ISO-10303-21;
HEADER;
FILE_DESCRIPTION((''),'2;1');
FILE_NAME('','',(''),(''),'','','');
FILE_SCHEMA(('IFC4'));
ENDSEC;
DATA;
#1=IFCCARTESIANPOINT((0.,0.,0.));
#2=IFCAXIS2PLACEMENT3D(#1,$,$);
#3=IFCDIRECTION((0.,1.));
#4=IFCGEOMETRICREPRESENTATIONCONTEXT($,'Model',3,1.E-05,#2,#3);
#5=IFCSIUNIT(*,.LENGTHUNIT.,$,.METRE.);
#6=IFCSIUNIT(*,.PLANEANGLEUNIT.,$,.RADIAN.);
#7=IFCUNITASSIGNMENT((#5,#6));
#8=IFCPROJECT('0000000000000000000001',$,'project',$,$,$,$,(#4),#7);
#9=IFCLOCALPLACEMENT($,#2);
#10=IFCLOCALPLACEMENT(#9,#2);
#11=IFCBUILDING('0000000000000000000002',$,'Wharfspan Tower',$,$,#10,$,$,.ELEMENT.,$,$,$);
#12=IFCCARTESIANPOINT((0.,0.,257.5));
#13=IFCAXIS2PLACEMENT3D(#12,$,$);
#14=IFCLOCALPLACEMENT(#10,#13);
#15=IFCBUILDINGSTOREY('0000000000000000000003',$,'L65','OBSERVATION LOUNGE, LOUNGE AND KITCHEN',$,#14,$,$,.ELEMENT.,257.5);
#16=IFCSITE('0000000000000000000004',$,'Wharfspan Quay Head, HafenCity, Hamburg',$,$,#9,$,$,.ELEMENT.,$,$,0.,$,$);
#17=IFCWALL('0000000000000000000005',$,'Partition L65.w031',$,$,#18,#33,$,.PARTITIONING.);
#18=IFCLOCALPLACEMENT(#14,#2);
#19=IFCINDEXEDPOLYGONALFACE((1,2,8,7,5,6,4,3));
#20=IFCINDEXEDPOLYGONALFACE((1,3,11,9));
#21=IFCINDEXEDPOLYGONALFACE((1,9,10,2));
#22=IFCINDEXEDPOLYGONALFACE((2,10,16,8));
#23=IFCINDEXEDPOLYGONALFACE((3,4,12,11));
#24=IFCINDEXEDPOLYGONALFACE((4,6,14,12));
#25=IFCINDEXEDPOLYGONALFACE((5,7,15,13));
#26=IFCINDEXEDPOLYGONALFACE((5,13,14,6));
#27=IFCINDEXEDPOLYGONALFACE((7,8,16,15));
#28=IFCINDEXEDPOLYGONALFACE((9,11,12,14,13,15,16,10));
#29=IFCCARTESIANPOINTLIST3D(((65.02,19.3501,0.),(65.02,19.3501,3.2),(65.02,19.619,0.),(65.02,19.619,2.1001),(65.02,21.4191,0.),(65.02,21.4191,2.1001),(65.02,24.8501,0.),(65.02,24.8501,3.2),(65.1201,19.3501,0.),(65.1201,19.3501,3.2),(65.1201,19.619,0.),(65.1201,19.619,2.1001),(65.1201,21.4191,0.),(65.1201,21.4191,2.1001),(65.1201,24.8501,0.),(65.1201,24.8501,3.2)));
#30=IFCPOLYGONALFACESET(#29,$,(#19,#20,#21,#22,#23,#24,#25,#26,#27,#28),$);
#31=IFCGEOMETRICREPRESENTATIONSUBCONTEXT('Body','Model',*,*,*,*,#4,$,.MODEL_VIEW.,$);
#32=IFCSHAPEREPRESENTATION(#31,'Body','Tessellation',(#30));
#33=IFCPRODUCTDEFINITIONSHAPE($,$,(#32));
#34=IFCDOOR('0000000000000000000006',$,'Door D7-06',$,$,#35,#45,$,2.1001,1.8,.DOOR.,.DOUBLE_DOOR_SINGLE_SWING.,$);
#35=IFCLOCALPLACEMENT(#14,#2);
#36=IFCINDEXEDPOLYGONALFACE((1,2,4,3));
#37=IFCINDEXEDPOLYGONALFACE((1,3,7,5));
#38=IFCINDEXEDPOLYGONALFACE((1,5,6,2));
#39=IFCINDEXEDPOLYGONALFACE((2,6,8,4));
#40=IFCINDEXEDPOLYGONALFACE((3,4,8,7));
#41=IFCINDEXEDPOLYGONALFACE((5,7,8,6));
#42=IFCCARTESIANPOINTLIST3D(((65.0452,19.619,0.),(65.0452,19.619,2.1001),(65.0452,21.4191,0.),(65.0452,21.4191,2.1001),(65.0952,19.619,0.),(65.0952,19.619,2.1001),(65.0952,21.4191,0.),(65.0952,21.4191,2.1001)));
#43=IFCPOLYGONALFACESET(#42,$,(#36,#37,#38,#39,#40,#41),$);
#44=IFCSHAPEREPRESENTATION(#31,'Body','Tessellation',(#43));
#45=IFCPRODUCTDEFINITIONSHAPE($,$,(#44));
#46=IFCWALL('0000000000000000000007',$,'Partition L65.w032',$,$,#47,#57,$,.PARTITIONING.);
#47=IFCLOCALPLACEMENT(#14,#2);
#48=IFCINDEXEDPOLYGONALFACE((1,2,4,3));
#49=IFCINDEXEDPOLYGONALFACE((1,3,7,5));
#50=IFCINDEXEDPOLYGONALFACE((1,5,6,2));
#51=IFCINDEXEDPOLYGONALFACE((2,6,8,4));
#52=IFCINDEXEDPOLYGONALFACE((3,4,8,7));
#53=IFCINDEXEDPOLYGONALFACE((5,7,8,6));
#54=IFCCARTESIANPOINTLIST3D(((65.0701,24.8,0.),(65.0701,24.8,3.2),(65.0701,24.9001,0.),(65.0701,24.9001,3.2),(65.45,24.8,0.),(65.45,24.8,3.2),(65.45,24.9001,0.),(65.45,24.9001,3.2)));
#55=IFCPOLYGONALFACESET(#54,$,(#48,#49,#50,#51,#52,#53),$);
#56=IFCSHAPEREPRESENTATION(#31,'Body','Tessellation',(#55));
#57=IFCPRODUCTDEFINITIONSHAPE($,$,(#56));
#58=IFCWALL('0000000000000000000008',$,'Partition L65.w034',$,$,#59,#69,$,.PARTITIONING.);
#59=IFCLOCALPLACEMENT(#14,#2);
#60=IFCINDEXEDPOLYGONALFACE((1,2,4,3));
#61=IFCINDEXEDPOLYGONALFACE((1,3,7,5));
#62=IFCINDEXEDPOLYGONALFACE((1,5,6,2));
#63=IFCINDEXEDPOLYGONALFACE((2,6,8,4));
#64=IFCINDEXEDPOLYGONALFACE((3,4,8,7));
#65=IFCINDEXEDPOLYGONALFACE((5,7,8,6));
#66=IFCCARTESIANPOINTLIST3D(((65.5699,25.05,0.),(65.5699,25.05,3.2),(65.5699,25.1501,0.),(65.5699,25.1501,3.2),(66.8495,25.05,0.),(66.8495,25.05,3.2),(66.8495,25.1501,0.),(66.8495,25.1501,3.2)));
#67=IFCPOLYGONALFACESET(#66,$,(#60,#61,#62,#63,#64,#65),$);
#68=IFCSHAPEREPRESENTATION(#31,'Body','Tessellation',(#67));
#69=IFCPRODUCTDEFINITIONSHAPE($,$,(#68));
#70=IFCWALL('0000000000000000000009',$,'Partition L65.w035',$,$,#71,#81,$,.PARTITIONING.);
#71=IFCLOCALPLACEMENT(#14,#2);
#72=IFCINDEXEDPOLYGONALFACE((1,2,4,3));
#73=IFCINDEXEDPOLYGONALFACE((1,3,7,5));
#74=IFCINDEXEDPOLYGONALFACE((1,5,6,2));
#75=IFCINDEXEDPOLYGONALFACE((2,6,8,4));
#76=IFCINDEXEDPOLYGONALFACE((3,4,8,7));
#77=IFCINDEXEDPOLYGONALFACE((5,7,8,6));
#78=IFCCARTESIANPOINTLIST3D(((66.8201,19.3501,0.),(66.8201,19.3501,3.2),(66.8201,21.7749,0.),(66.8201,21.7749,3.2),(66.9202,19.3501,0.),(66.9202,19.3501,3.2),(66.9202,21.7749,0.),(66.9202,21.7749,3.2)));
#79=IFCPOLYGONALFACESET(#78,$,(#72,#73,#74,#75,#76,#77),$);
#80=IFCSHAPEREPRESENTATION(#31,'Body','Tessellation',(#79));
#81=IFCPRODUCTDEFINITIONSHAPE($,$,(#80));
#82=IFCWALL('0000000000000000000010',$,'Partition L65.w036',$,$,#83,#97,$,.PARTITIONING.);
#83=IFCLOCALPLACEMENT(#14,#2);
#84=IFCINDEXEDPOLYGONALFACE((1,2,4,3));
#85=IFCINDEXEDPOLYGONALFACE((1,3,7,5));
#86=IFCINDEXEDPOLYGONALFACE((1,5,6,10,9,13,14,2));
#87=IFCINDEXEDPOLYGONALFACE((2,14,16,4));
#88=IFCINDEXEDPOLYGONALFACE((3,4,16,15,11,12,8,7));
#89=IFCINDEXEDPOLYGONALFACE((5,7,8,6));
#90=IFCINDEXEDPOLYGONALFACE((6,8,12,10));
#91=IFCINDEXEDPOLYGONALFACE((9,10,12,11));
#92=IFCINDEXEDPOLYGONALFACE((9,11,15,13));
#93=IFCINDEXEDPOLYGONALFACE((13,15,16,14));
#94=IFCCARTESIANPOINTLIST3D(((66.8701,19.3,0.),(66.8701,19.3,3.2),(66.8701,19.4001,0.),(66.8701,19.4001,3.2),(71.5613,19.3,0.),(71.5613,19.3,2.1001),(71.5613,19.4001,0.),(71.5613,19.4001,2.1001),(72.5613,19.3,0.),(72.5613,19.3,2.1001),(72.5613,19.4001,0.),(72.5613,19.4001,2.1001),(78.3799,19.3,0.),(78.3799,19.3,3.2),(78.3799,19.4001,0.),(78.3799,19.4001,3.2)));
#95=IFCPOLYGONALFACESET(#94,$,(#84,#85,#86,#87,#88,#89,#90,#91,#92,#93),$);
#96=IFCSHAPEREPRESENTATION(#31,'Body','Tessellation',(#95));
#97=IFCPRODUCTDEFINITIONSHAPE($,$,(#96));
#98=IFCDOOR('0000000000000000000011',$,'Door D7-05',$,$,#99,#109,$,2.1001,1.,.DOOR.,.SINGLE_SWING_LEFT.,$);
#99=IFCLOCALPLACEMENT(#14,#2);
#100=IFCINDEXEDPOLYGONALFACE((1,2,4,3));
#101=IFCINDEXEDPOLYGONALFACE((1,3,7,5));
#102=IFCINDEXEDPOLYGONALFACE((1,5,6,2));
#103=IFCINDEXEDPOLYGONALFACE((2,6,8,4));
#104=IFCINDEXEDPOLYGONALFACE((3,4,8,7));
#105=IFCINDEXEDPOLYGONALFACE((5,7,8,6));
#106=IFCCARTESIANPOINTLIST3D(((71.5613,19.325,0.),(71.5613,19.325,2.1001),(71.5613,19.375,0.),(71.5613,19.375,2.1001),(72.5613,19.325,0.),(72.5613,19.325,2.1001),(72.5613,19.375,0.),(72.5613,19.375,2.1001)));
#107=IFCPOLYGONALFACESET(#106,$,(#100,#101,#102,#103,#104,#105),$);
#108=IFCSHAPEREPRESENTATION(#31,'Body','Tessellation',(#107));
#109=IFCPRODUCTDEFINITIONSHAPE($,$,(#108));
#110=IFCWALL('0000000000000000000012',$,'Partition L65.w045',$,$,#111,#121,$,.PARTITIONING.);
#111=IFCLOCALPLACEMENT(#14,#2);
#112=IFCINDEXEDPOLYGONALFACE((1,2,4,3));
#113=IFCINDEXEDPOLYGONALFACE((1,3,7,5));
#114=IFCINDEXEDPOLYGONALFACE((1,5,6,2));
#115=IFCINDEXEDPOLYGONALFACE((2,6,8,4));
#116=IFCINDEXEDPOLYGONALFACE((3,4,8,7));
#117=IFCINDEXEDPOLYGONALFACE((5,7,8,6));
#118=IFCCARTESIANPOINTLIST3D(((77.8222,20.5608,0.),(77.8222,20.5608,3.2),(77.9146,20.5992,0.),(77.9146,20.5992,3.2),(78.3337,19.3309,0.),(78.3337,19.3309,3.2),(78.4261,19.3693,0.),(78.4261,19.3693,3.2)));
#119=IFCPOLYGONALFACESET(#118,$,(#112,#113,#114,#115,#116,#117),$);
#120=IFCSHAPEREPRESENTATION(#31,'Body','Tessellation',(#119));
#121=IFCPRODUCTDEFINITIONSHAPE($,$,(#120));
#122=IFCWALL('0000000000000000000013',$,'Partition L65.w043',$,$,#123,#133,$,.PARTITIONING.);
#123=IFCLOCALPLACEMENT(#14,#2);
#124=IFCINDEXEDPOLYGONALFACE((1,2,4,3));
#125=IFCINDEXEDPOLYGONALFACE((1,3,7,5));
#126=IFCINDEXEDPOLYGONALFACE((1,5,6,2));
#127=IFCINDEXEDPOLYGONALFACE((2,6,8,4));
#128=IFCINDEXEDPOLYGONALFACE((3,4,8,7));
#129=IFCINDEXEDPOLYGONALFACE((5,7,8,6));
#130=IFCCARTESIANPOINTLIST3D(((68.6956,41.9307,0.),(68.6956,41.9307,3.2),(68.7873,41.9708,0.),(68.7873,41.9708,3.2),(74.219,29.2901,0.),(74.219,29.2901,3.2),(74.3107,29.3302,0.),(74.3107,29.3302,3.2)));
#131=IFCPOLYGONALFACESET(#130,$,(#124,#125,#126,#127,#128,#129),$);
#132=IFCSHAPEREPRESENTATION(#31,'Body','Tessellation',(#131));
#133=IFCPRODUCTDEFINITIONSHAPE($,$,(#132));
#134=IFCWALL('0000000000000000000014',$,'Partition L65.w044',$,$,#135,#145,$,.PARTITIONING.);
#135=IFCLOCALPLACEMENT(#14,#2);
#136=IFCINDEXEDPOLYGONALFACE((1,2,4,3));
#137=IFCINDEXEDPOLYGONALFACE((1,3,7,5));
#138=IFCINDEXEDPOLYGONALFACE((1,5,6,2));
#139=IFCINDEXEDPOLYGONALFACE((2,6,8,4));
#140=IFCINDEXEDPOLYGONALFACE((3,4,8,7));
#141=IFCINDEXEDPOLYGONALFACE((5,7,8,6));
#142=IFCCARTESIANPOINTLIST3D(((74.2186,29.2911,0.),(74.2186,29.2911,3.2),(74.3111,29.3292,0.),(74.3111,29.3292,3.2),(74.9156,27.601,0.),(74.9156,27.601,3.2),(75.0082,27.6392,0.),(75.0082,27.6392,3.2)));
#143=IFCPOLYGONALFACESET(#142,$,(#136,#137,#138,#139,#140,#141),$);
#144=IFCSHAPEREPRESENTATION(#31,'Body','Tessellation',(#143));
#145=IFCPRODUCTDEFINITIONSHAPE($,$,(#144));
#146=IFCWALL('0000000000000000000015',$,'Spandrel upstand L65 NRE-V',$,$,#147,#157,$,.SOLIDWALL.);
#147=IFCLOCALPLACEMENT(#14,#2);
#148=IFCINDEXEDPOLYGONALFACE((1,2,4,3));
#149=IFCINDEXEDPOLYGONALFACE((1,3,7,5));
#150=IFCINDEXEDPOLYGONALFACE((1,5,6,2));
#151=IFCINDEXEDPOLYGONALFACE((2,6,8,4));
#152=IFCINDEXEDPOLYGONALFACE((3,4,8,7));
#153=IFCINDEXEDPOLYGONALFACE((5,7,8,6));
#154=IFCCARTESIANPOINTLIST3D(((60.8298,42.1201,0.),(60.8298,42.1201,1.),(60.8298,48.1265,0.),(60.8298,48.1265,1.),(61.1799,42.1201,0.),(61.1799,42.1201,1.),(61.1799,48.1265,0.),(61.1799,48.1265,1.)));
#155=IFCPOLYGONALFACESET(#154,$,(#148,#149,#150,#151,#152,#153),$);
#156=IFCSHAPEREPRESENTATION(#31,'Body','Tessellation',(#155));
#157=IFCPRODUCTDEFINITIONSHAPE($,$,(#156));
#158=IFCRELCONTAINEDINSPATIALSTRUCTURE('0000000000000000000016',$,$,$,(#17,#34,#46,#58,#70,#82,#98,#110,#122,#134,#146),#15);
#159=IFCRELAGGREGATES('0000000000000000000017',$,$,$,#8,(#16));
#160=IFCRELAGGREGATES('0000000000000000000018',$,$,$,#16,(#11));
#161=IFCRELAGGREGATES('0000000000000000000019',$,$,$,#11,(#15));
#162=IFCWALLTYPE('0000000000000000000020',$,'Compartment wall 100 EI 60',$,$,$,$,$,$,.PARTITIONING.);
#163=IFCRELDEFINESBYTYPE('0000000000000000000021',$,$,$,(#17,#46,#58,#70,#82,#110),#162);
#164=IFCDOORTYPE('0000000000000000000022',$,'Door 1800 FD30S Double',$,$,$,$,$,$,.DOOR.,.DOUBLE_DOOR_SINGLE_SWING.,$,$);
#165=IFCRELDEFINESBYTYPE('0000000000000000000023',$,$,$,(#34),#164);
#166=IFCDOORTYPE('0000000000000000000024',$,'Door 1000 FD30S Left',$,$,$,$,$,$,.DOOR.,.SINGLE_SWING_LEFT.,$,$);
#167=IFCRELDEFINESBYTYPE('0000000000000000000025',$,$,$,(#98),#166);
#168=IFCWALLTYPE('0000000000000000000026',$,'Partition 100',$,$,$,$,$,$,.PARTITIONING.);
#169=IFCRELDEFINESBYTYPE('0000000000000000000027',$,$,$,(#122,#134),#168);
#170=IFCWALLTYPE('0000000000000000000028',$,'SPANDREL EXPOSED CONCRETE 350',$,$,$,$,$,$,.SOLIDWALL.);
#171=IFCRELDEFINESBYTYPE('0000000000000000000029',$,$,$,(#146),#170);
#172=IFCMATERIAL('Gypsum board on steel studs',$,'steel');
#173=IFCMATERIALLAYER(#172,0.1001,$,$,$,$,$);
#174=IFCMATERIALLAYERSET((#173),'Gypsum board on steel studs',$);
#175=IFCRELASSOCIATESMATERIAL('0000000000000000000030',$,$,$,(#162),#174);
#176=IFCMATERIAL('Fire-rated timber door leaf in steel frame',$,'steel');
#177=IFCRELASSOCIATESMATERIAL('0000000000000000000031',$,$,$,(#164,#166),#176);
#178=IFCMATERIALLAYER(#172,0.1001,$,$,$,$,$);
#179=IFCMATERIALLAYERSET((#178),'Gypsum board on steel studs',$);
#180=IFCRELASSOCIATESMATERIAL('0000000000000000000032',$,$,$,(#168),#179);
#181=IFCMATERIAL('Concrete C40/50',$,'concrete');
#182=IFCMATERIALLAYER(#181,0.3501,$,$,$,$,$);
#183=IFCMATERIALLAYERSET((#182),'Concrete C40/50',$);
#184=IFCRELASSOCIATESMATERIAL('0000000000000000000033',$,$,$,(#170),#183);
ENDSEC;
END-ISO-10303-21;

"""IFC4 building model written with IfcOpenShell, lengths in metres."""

from ifc_helpers import new_model, si_unit, direction, frame, frame_2d, origin, place, context, subcontext, project, spatial, rectangle, extrude, material, layer, layer_set, type_object, element, fill, save


model = new_model("IFC4")

# Units and contexts
model_context = context("Model", 3, precision=1e-05, world=origin(), true_north=direction((0.0, 1.0)))
body_context = subcontext(model_context, "Body", "Model", "MODEL_VIEW")
ifc_project = project(units=[si_unit("LENGTHUNIT", "METRE"), si_unit("PLANEANGLEUNIT", "RADIAN")], contexts=[model_context])

# Site, building, storey
site_placement = place(None, origin())
site = spatial("IfcSite", under=ifc_project, at=site_placement, Name="Wharfspan Quay Head, HafenCity, Hamburg", CompositionType="ELEMENT", RefElevation=0.0)
building_placement = place(site_placement, origin())
building = spatial("IfcBuilding", under=site, at=building_placement, Name="Wharfspan Tower", CompositionType="ELEMENT")
storey_placement = place(building_placement, frame((0.0, 0.0, 257.5)))
storey = spatial("IfcBuildingStorey", under=building, at=storey_placement, Name="L65", Description="OBSERVATION LOUNGE, LOUNGE AND KITCHEN", CompositionType="ELEMENT", Elevation=257.5)

# Wall, opening, door
ifc_material_1 = material(Name="Gypsum board on steel studs", Category="steel")
ifc_layer_1 = layer(ifc_material_1, 0.1001)
ifc_layer_set_1 = layer_set([ifc_layer_1], Name="Gypsum board on steel studs")
wall_type_1 = type_object("IfcWallType", Name="Compartment wall 100 EI 60", PredefinedType="PARTITIONING", material=ifc_layer_set_1)
wall_1_placement = place(storey_placement, frame((65.0701, 19.3501, 0.0), z_axis=(0.0, 0.0, 1.0), x_axis=(0.0, 1.0, 0.0)))
wall_1 = element("IfcWall", 1, at=wall_1_placement, inside=storey, type_object=wall_type_1, Name="Partition L65.w031", PredefinedType="PARTITIONING", context=body_context, shape_type="SweptSolid", body=[
    extrude(rectangle(XDim=5.5, YDim=0.1001, at=frame_2d((2.75, 0.0))), origin(), (0.0, 0.0, 1.0), 3.2),
])
opening_1_placement = place(wall_1_placement, frame((0.269, 0.0, 0.0)))
opening_1 = element("IfcOpeningElement", 2, at=opening_1_placement, cuts=wall_1, PredefinedType="OPENING", context=body_context, shape_type="SweptSolid", body=[
    extrude(rectangle(XDim=1.8, YDim=2.1001, at=frame_2d((0.8999, 1.05))), frame((0.0, 0.0601, 0.0), z_axis=(0.0, -1.0, 0.0), x_axis=(1.0, 0.0, 0.0)), (0.0, 0.0, 1.0), 0.1201),
])
ifc_material_2 = material(Name="Fire-rated timber door leaf in steel frame", Category="steel")
door_type_1 = type_object("IfcDoorType", Name="Door 1800 FD30S Double", OperationType="DOUBLE_DOOR_SINGLE_SWING", PredefinedType="DOOR", material=ifc_material_2)
door_1_placement = place(opening_1_placement, origin())
door_1 = element("IfcDoor", 3, at=door_1_placement, inside=storey, type_object=door_type_1, Name="Door D7-06", OperationType="DOUBLE_DOOR_SINGLE_SWING", OverallHeight=2.1001, OverallWidth=1.8, PredefinedType="DOOR", context=body_context, shape_type="SweptSolid", body=[
    extrude(rectangle(XDim=1.8, YDim=2.1001, at=frame_2d((0.8999, 1.05))), frame((0.0, 0.0249, 0.0), z_axis=(0.0, -1.0, 0.0), x_axis=(1.0, 0.0, 0.0)), (0.0, 0.0, 1.0), 0.05),
])
fill(opening_1, door_1)

# Walls
wall_2_placement = place(storey_placement, frame((65.0701, 24.8501, 0.0), z_axis=(0.0, 0.0, 1.0), x_axis=(1.0, 0.0, 0.0)))
element("IfcWall", 4, at=wall_2_placement, inside=storey, type_object=wall_type_1, Name="Partition L65.w032", PredefinedType="PARTITIONING", context=body_context, shape_type="SweptSolid", body=[
    extrude(rectangle(XDim=0.3799, YDim=0.1001, at=frame_2d((0.1899, 0.0))), origin(), (0.0, 0.0, 1.0), 3.2),
])
wall_3_placement = place(storey_placement, frame((65.5701, 25.1001, 0.0), z_axis=(0.0, 0.0, 1.0), x_axis=(1.0, 0.0, 0.0)))
element("IfcWall", 5, at=wall_3_placement, inside=storey, type_object=wall_type_1, Name="Partition L65.w034", PredefinedType="PARTITIONING", context=body_context, shape_type="SweptSolid", body=[
    extrude(rectangle(XDim=1.2795, YDim=0.1001, at=frame_2d((0.6396, 0.0))), origin(), (0.0, 0.0, 1.0), 3.2),
])
wall_4_placement = place(storey_placement, frame((66.8701, 19.3501, 0.0), z_axis=(0.0, 0.0, 1.0), x_axis=(0.0, 1.0, 0.0)))
element("IfcWall", 6, at=wall_4_placement, inside=storey, type_object=wall_type_1, Name="Partition L65.w035", PredefinedType="PARTITIONING", context=body_context, shape_type="SweptSolid", body=[
    extrude(rectangle(XDim=2.4248, YDim=0.1001, at=frame_2d((1.2124, 0.0))), origin(), (0.0, 0.0, 1.0), 3.2),
])

# Wall, opening, door
wall_5_placement = place(storey_placement, frame((66.8701, 19.3501, 0.0), z_axis=(0.0, 0.0, 1.0), x_axis=(1.0, 0.0, 0.0)))
wall_5 = element("IfcWall", 7, at=wall_5_placement, inside=storey, type_object=wall_type_1, Name="Partition L65.w036", PredefinedType="PARTITIONING", context=body_context, shape_type="SweptSolid", body=[
    extrude(rectangle(XDim=11.5098, YDim=0.1001, at=frame_2d((5.7549, 0.0))), origin(), (0.0, 0.0, 1.0), 3.2),
])
opening_2_placement = place(wall_5_placement, frame((4.6912, 0.0, 0.0)))
opening_2 = element("IfcOpeningElement", 8, at=opening_2_placement, cuts=wall_5, PredefinedType="OPENING", context=body_context, shape_type="SweptSolid", body=[
    extrude(rectangle(XDim=1.0, YDim=2.1001, at=frame_2d((0.5, 1.05))), frame((0.0, 0.0601, 0.0), z_axis=(0.0, -1.0, 0.0), x_axis=(1.0, 0.0, 0.0)), (0.0, 0.0, 1.0), 0.1201),
])
door_type_2 = type_object("IfcDoorType", Name="Door 1000 FD30S Left", OperationType="SINGLE_SWING_LEFT", PredefinedType="DOOR", material=ifc_material_2)
door_2_placement = place(opening_2_placement, origin())
door_2 = element("IfcDoor", 9, at=door_2_placement, inside=storey, type_object=door_type_2, Name="Door D7-05", OperationType="SINGLE_SWING_LEFT", OverallHeight=2.1001, OverallWidth=1.0, PredefinedType="DOOR", context=body_context, shape_type="SweptSolid", body=[
    extrude(rectangle(XDim=1.0, YDim=2.1001, at=frame_2d((0.5, 1.05))), frame((0.0, 0.0249, 0.0), z_axis=(0.0, -1.0, 0.0), x_axis=(1.0, 0.0, 0.0)), (0.0, 0.0, 1.0), 0.05),
])
fill(opening_2, door_2)

# Walls
wall_6_placement = place(storey_placement, frame((78.3799, 19.3501, 0.0), z_axis=(0.0, 0.0, 1.0), x_axis=(-0.383963, 0.923344, 0.0)))
element("IfcWall", 10, at=wall_6_placement, inside=storey, type_object=wall_type_1, Name="Partition L65.w045", PredefinedType="PARTITIONING", context=body_context, shape_type="SweptSolid", body=[
    extrude(rectangle(XDim=1.332, YDim=0.1001, at=frame_2d((0.666, 0.0))), origin(), (0.0, 0.0, 1.0), 3.2),
])
ifc_layer_2 = layer(ifc_material_1, 0.1001)
ifc_layer_set_2 = layer_set([ifc_layer_2], Name="Gypsum board on steel studs")
wall_type_2 = type_object("IfcWallType", Name="Partition 100", PredefinedType="PARTITIONING", material=ifc_layer_set_2)
wall_7_placement = place(storey_placement, frame((74.2649, 29.3101, 0.0), z_axis=(0.0, 0.0, 1.0), x_axis=(-0.400401, 0.916335, 0.0)))
element("IfcWall", 11, at=wall_7_placement, inside=storey, type_object=wall_type_2, Name="Partition L65.w043", PredefinedType="PARTITIONING", context=body_context, shape_type="SweptSolid", body=[
    extrude(rectangle(XDim=13.7947, YDim=0.1001, at=frame_2d((6.8975, 0.0))), origin(), (0.0, 0.0, 1.0), 3.2),
])
wall_8_placement = place(storey_placement, frame((74.9619, 27.6201, 0.0), z_axis=(0.0, 0.0, 1.0), x_axis=(-0.381293, 0.924452, 0.0)))
element("IfcWall", 12, at=wall_8_placement, inside=storey, type_object=wall_type_2, Name="Partition L65.w044", PredefinedType="PARTITIONING", context=body_context, shape_type="SweptSolid", body=[
    extrude(rectangle(XDim=1.8281, YDim=0.1001, at=frame_2d((0.9141, 0.0))), origin(), (0.0, 0.0, 1.0), 3.2),
])
ifc_material_3 = material(Name="Concrete C40/50", Category="concrete")
ifc_layer_3 = layer(ifc_material_3, 0.3501)
ifc_layer_set_3 = layer_set([ifc_layer_3], Name="Concrete C40/50")
wall_type_3 = type_object("IfcWallType", Name="SPANDREL EXPOSED CONCRETE 350", PredefinedType="SOLIDWALL", material=ifc_layer_set_3)
wall_9_placement = place(storey_placement, frame((61.0049, 42.1201, 0.0), z_axis=(0.0, 0.0, 1.0), x_axis=(0.0, 1.0, 0.0)))
element("IfcWall", 13, at=wall_9_placement, inside=storey, type_object=wall_type_3, Name="Spandrel upstand L65 NRE-V", PredefinedType="SOLIDWALL", context=body_context, shape_type="SweptSolid", body=[
    extrude(rectangle(XDim=6.0063, YDim=0.3501, at=frame_2d((3.0032, 0.0))), origin(), (0.0, 0.0, 1.0), 1.0),
])

save(model, "model.ifc")
